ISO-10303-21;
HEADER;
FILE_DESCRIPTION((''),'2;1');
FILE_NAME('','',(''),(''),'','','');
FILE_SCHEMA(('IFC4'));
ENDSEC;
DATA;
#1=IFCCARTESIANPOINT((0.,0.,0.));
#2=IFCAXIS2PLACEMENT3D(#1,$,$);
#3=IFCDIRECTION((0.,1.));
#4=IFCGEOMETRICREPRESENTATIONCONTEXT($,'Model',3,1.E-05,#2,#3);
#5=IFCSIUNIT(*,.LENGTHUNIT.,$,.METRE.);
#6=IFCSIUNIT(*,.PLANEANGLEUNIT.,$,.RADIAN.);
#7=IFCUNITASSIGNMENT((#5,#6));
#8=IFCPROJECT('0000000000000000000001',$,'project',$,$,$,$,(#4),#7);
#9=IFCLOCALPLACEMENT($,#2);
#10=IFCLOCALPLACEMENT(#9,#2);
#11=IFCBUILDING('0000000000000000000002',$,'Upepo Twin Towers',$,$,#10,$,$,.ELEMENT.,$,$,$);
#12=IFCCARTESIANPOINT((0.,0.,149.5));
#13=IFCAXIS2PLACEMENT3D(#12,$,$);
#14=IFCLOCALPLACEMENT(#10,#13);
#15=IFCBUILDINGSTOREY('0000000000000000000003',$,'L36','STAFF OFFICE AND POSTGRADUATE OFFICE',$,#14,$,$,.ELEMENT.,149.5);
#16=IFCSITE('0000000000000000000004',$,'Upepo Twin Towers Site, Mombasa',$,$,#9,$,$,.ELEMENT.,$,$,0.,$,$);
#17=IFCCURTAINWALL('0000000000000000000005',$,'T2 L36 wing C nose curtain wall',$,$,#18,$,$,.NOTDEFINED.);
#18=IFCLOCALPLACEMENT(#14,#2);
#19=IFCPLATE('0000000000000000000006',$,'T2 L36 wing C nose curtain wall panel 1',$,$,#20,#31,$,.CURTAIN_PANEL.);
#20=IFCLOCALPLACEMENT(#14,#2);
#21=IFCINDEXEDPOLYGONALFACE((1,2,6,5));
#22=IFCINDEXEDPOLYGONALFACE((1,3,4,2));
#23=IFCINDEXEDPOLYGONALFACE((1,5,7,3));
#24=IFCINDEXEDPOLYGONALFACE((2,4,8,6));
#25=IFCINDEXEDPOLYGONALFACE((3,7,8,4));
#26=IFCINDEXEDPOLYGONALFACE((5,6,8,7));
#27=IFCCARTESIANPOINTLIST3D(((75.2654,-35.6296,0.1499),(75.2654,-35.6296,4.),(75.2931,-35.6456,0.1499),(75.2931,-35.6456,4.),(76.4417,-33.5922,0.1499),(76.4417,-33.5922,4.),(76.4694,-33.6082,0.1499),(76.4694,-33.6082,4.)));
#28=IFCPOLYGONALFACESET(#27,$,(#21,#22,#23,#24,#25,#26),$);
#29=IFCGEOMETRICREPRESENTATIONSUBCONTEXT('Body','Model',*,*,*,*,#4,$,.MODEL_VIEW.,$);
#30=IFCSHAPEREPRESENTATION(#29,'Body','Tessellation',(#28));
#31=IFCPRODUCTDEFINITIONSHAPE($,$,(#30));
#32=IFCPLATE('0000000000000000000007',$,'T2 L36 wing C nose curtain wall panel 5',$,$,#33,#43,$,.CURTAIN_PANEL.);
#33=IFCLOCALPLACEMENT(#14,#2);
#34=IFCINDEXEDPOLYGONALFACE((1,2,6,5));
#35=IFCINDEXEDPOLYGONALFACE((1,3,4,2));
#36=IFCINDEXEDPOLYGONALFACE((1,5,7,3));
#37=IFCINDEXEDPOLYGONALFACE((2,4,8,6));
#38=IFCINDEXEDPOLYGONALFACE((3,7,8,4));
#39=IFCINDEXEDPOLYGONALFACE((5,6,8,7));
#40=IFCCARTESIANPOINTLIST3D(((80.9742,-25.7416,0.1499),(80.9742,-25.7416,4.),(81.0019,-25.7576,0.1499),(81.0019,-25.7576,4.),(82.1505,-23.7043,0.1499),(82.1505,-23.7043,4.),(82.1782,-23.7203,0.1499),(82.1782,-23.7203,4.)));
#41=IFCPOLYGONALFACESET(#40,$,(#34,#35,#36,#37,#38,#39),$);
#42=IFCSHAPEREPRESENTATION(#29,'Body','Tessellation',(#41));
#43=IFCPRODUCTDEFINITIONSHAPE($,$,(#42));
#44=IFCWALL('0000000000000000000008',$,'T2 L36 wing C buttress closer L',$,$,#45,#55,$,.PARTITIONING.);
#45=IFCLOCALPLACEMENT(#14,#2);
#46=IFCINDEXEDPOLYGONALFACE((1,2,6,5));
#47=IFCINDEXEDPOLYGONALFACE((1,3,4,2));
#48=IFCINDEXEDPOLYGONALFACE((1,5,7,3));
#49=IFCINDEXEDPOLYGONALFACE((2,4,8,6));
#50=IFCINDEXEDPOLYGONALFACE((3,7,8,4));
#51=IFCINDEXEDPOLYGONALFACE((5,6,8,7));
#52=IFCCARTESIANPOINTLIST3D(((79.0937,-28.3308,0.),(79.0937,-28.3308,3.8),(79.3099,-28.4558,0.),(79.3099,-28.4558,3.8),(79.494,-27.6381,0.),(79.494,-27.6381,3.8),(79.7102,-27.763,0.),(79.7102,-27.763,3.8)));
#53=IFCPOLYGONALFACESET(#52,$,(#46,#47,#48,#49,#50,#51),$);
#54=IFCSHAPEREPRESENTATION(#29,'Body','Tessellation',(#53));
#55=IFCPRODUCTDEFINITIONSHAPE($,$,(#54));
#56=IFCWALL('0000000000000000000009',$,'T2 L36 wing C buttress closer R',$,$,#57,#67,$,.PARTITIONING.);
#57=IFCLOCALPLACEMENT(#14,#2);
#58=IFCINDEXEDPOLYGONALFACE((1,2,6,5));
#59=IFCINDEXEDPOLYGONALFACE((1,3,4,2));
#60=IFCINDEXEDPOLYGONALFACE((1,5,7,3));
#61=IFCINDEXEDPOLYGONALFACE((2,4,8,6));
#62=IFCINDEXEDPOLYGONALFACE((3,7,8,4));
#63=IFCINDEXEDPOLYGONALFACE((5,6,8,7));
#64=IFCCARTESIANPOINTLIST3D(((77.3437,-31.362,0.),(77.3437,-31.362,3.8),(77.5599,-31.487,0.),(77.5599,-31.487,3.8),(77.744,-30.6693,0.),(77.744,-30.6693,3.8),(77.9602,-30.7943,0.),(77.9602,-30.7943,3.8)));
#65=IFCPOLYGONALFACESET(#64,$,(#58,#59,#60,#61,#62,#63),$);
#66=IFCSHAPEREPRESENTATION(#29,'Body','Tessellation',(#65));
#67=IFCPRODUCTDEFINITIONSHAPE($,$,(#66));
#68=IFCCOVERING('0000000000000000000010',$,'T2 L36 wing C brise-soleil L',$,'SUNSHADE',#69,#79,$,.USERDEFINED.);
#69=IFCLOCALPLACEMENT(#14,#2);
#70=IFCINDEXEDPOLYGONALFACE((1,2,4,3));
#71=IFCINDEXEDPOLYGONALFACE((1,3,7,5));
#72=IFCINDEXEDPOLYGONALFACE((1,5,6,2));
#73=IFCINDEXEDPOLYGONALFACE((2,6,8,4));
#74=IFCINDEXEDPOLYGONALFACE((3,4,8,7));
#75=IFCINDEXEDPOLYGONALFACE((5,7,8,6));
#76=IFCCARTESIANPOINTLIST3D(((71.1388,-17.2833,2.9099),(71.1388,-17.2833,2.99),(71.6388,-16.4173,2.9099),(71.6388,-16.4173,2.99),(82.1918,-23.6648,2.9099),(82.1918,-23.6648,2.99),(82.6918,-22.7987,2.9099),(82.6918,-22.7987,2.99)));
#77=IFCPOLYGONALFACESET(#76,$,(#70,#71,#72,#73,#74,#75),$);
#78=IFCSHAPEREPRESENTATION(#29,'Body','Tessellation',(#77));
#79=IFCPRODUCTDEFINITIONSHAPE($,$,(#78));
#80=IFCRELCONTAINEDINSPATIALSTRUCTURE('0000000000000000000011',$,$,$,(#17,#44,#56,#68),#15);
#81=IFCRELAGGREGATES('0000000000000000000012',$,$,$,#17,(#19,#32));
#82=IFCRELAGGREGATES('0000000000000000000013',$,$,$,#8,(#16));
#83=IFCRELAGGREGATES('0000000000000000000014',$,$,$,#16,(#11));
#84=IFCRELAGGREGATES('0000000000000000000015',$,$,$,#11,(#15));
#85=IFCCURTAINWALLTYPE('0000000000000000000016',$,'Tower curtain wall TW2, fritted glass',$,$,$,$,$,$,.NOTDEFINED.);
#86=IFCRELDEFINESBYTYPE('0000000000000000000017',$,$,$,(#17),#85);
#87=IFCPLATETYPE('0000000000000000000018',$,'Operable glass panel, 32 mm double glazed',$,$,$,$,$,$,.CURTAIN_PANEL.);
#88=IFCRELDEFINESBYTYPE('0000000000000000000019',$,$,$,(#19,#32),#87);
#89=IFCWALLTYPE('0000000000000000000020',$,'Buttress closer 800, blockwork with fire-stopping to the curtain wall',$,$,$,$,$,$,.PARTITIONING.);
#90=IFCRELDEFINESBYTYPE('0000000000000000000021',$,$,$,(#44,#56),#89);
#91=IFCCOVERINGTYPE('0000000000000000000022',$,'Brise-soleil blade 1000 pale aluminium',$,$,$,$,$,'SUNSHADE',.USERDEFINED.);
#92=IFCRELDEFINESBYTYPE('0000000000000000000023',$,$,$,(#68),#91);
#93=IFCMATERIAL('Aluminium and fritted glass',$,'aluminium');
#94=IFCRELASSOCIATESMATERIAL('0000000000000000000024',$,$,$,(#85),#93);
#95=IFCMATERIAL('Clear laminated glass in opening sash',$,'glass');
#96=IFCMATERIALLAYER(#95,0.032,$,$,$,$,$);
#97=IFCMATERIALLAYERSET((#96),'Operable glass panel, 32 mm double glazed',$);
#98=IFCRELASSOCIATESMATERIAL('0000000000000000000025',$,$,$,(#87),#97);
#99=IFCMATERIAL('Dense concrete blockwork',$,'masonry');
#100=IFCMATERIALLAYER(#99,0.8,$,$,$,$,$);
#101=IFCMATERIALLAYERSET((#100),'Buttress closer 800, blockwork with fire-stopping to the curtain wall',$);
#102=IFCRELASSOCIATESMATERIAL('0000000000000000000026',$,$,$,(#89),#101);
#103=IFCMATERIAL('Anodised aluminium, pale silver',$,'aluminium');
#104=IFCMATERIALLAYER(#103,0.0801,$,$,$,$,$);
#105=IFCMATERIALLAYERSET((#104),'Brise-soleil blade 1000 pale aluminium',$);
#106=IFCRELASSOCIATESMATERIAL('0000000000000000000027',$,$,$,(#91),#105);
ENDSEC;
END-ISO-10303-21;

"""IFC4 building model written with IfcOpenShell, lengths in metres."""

from ifc_helpers import new_model, si_unit, direction, frame, frame_2d, origin, origin_2d, place, context, subcontext, project, spatial, rectangle, extrude, material, layer, layer_set, type_object, element, aggregate, save


model = new_model("IFC4")

# Units and contexts
model_context = context("Model", 3, precision=1e-05, world=origin(), true_north=direction((0.0, 1.0)))
body_context = subcontext(model_context, "Body", "Model", "MODEL_VIEW")
ifc_project = project(units=[si_unit("LENGTHUNIT", "METRE"), si_unit("PLANEANGLEUNIT", "RADIAN")], contexts=[model_context])

# Site, building, storey
site_placement = place(None, origin())
site = spatial("IfcSite", under=ifc_project, at=site_placement, Name="Upepo Twin Towers Site, Mombasa", CompositionType="ELEMENT", RefElevation=0.0)
building_placement = place(site_placement, origin())
building = spatial("IfcBuilding", under=site, at=building_placement, Name="Upepo Twin Towers", CompositionType="ELEMENT")
storey_placement = place(building_placement, frame((0.0, 0.0, 149.5)))
storey = spatial("IfcBuildingStorey", under=building, at=storey_placement, Name="L36", Description="STAFF OFFICE AND POSTGRADUATE OFFICE", CompositionType="ELEMENT", Elevation=149.5)

# Shared definitions
ifc_material_1 = material(Name="Aluminium and fritted glass", Category="aluminium")
curtain_wall_type = type_object("IfcCurtainWallType", Name="Tower curtain wall TW2, fritted glass", PredefinedType="NOTDEFINED", material=ifc_material_1)

# Curtain wall
curtain_wall_1_placement = place(storey_placement, origin())
curtain_wall_1 = element("IfcCurtainWall", 1, at=curtain_wall_1_placement, inside=storey, type_object=curtain_wall_type, Name="T2 L36 wing C nose curtain wall", PredefinedType="NOTDEFINED")

# Plates
ifc_material_2 = material(Name="Clear laminated glass in opening sash", Category="glass")
ifc_layer_1 = layer(ifc_material_2, 0.032)
ifc_layer_set_1 = layer_set([ifc_layer_1], Name="Operable glass panel, 32 mm double glazed")
plate_type_1 = type_object("IfcPlateType", Name="Operable glass panel, 32 mm double glazed", PredefinedType="CURTAIN_PANEL", material=ifc_layer_set_1)
plate_1_placement = place(storey_placement, frame((75.8674, -34.6189, 0.1499), z_axis=(0.0, 0.0, 1.0), x_axis=(0.5, 0.866025, 0.0)))
plate_1 = element("IfcPlate", 2, at=plate_1_placement, type_object=plate_type_1, Name="T2 L36 wing C nose curtain wall panel 1", PredefinedType="CURTAIN_PANEL", context=body_context, shape_type="SweptSolid", body=[
    extrude(rectangle(XDim=2.3525, YDim=0.032, at=origin_2d()), origin(), (0.0, 0.0, 1.0), 3.8501),
])
plate_2_placement = place(storey_placement, frame((81.5762, -24.731, 0.1499), z_axis=(0.0, 0.0, 1.0), x_axis=(0.5, 0.866025, 0.0)))
plate_2 = element("IfcPlate", 3, at=plate_2_placement, type_object=plate_type_1, Name="T2 L36 wing C nose curtain wall panel 5", PredefinedType="CURTAIN_PANEL", context=body_context, shape_type="SweptSolid", body=[
    extrude(rectangle(XDim=2.3525, YDim=0.032, at=origin_2d()), origin(), (0.0, 0.0, 1.0), 3.8501),
])
aggregate(curtain_wall_1, [plate_1, plate_2])

# Walls
ifc_material_3 = material(Name="Dense concrete blockwork", Category="masonry")
ifc_layer_2 = layer(ifc_material_3, 0.8)
ifc_layer_set_2 = layer_set([ifc_layer_2], Name="Buttress closer 800, blockwork with fire-stopping to the curtain wall")
wall_type = type_object("IfcWallType", Name="Buttress closer 800, blockwork with fire-stopping to the curtain wall", PredefinedType="PARTITIONING", material=ifc_layer_set_2)
for number, where, z_axis, x_axis, name in (
    (4, (79.2937, -27.9844, 0.0), (0.0, 0.0, 1.0), (0.865827, -0.500343, 0.0), "T2 L36 wing C buttress closer L"),
    (5, (77.5437, -31.0156, 0.0), (0.0, 0.0, 1.0), (0.865827, -0.500343, 0.0), "T2 L36 wing C buttress closer R"),
):
    element("IfcWall", number, at=place(storey_placement, frame(where, z_axis=z_axis, x_axis=x_axis)), inside=storey, type_object=wall_type, Name=name, PredefinedType="PARTITIONING", context=body_context, shape_type="SweptSolid", body=[
        extrude(rectangle(XDim=0.2498, YDim=0.8, at=frame_2d((0.125, 0.0))), origin(), (0.0, 0.0, 1.0), 3.8),
    ])

# Covering
ifc_material_4 = material(Name="Anodised aluminium, pale silver", Category="aluminium")
ifc_layer_3 = layer(ifc_material_4, 0.0801)
ifc_layer_set_3 = layer_set([ifc_layer_3], Name="Brise-soleil blade 1000 pale aluminium")
covering_type = type_object("IfcCoveringType", Name="Brise-soleil blade 1000 pale aluminium", ElementType="SUNSHADE", PredefinedType="USERDEFINED", material=ifc_layer_set_3)
covering_placement = place(storey_placement, frame((76.9153, -20.041, 2.9099), z_axis=(0.0, 0.0, 1.0), x_axis=(0.866025, -0.5, 0.0)))
element("IfcCovering", 6, at=covering_placement, inside=storey, type_object=covering_type, Name="T2 L36 wing C brise-soleil L", ObjectType="SUNSHADE", PredefinedType="USERDEFINED", context=body_context, shape_type="SweptSolid", body=[
    extrude(rectangle(XDim=12.7629, YDim=1.0, at=origin_2d()), origin(), (0.0, 0.0, 1.0), 0.0801),
])

save(model, "model.ifc")
